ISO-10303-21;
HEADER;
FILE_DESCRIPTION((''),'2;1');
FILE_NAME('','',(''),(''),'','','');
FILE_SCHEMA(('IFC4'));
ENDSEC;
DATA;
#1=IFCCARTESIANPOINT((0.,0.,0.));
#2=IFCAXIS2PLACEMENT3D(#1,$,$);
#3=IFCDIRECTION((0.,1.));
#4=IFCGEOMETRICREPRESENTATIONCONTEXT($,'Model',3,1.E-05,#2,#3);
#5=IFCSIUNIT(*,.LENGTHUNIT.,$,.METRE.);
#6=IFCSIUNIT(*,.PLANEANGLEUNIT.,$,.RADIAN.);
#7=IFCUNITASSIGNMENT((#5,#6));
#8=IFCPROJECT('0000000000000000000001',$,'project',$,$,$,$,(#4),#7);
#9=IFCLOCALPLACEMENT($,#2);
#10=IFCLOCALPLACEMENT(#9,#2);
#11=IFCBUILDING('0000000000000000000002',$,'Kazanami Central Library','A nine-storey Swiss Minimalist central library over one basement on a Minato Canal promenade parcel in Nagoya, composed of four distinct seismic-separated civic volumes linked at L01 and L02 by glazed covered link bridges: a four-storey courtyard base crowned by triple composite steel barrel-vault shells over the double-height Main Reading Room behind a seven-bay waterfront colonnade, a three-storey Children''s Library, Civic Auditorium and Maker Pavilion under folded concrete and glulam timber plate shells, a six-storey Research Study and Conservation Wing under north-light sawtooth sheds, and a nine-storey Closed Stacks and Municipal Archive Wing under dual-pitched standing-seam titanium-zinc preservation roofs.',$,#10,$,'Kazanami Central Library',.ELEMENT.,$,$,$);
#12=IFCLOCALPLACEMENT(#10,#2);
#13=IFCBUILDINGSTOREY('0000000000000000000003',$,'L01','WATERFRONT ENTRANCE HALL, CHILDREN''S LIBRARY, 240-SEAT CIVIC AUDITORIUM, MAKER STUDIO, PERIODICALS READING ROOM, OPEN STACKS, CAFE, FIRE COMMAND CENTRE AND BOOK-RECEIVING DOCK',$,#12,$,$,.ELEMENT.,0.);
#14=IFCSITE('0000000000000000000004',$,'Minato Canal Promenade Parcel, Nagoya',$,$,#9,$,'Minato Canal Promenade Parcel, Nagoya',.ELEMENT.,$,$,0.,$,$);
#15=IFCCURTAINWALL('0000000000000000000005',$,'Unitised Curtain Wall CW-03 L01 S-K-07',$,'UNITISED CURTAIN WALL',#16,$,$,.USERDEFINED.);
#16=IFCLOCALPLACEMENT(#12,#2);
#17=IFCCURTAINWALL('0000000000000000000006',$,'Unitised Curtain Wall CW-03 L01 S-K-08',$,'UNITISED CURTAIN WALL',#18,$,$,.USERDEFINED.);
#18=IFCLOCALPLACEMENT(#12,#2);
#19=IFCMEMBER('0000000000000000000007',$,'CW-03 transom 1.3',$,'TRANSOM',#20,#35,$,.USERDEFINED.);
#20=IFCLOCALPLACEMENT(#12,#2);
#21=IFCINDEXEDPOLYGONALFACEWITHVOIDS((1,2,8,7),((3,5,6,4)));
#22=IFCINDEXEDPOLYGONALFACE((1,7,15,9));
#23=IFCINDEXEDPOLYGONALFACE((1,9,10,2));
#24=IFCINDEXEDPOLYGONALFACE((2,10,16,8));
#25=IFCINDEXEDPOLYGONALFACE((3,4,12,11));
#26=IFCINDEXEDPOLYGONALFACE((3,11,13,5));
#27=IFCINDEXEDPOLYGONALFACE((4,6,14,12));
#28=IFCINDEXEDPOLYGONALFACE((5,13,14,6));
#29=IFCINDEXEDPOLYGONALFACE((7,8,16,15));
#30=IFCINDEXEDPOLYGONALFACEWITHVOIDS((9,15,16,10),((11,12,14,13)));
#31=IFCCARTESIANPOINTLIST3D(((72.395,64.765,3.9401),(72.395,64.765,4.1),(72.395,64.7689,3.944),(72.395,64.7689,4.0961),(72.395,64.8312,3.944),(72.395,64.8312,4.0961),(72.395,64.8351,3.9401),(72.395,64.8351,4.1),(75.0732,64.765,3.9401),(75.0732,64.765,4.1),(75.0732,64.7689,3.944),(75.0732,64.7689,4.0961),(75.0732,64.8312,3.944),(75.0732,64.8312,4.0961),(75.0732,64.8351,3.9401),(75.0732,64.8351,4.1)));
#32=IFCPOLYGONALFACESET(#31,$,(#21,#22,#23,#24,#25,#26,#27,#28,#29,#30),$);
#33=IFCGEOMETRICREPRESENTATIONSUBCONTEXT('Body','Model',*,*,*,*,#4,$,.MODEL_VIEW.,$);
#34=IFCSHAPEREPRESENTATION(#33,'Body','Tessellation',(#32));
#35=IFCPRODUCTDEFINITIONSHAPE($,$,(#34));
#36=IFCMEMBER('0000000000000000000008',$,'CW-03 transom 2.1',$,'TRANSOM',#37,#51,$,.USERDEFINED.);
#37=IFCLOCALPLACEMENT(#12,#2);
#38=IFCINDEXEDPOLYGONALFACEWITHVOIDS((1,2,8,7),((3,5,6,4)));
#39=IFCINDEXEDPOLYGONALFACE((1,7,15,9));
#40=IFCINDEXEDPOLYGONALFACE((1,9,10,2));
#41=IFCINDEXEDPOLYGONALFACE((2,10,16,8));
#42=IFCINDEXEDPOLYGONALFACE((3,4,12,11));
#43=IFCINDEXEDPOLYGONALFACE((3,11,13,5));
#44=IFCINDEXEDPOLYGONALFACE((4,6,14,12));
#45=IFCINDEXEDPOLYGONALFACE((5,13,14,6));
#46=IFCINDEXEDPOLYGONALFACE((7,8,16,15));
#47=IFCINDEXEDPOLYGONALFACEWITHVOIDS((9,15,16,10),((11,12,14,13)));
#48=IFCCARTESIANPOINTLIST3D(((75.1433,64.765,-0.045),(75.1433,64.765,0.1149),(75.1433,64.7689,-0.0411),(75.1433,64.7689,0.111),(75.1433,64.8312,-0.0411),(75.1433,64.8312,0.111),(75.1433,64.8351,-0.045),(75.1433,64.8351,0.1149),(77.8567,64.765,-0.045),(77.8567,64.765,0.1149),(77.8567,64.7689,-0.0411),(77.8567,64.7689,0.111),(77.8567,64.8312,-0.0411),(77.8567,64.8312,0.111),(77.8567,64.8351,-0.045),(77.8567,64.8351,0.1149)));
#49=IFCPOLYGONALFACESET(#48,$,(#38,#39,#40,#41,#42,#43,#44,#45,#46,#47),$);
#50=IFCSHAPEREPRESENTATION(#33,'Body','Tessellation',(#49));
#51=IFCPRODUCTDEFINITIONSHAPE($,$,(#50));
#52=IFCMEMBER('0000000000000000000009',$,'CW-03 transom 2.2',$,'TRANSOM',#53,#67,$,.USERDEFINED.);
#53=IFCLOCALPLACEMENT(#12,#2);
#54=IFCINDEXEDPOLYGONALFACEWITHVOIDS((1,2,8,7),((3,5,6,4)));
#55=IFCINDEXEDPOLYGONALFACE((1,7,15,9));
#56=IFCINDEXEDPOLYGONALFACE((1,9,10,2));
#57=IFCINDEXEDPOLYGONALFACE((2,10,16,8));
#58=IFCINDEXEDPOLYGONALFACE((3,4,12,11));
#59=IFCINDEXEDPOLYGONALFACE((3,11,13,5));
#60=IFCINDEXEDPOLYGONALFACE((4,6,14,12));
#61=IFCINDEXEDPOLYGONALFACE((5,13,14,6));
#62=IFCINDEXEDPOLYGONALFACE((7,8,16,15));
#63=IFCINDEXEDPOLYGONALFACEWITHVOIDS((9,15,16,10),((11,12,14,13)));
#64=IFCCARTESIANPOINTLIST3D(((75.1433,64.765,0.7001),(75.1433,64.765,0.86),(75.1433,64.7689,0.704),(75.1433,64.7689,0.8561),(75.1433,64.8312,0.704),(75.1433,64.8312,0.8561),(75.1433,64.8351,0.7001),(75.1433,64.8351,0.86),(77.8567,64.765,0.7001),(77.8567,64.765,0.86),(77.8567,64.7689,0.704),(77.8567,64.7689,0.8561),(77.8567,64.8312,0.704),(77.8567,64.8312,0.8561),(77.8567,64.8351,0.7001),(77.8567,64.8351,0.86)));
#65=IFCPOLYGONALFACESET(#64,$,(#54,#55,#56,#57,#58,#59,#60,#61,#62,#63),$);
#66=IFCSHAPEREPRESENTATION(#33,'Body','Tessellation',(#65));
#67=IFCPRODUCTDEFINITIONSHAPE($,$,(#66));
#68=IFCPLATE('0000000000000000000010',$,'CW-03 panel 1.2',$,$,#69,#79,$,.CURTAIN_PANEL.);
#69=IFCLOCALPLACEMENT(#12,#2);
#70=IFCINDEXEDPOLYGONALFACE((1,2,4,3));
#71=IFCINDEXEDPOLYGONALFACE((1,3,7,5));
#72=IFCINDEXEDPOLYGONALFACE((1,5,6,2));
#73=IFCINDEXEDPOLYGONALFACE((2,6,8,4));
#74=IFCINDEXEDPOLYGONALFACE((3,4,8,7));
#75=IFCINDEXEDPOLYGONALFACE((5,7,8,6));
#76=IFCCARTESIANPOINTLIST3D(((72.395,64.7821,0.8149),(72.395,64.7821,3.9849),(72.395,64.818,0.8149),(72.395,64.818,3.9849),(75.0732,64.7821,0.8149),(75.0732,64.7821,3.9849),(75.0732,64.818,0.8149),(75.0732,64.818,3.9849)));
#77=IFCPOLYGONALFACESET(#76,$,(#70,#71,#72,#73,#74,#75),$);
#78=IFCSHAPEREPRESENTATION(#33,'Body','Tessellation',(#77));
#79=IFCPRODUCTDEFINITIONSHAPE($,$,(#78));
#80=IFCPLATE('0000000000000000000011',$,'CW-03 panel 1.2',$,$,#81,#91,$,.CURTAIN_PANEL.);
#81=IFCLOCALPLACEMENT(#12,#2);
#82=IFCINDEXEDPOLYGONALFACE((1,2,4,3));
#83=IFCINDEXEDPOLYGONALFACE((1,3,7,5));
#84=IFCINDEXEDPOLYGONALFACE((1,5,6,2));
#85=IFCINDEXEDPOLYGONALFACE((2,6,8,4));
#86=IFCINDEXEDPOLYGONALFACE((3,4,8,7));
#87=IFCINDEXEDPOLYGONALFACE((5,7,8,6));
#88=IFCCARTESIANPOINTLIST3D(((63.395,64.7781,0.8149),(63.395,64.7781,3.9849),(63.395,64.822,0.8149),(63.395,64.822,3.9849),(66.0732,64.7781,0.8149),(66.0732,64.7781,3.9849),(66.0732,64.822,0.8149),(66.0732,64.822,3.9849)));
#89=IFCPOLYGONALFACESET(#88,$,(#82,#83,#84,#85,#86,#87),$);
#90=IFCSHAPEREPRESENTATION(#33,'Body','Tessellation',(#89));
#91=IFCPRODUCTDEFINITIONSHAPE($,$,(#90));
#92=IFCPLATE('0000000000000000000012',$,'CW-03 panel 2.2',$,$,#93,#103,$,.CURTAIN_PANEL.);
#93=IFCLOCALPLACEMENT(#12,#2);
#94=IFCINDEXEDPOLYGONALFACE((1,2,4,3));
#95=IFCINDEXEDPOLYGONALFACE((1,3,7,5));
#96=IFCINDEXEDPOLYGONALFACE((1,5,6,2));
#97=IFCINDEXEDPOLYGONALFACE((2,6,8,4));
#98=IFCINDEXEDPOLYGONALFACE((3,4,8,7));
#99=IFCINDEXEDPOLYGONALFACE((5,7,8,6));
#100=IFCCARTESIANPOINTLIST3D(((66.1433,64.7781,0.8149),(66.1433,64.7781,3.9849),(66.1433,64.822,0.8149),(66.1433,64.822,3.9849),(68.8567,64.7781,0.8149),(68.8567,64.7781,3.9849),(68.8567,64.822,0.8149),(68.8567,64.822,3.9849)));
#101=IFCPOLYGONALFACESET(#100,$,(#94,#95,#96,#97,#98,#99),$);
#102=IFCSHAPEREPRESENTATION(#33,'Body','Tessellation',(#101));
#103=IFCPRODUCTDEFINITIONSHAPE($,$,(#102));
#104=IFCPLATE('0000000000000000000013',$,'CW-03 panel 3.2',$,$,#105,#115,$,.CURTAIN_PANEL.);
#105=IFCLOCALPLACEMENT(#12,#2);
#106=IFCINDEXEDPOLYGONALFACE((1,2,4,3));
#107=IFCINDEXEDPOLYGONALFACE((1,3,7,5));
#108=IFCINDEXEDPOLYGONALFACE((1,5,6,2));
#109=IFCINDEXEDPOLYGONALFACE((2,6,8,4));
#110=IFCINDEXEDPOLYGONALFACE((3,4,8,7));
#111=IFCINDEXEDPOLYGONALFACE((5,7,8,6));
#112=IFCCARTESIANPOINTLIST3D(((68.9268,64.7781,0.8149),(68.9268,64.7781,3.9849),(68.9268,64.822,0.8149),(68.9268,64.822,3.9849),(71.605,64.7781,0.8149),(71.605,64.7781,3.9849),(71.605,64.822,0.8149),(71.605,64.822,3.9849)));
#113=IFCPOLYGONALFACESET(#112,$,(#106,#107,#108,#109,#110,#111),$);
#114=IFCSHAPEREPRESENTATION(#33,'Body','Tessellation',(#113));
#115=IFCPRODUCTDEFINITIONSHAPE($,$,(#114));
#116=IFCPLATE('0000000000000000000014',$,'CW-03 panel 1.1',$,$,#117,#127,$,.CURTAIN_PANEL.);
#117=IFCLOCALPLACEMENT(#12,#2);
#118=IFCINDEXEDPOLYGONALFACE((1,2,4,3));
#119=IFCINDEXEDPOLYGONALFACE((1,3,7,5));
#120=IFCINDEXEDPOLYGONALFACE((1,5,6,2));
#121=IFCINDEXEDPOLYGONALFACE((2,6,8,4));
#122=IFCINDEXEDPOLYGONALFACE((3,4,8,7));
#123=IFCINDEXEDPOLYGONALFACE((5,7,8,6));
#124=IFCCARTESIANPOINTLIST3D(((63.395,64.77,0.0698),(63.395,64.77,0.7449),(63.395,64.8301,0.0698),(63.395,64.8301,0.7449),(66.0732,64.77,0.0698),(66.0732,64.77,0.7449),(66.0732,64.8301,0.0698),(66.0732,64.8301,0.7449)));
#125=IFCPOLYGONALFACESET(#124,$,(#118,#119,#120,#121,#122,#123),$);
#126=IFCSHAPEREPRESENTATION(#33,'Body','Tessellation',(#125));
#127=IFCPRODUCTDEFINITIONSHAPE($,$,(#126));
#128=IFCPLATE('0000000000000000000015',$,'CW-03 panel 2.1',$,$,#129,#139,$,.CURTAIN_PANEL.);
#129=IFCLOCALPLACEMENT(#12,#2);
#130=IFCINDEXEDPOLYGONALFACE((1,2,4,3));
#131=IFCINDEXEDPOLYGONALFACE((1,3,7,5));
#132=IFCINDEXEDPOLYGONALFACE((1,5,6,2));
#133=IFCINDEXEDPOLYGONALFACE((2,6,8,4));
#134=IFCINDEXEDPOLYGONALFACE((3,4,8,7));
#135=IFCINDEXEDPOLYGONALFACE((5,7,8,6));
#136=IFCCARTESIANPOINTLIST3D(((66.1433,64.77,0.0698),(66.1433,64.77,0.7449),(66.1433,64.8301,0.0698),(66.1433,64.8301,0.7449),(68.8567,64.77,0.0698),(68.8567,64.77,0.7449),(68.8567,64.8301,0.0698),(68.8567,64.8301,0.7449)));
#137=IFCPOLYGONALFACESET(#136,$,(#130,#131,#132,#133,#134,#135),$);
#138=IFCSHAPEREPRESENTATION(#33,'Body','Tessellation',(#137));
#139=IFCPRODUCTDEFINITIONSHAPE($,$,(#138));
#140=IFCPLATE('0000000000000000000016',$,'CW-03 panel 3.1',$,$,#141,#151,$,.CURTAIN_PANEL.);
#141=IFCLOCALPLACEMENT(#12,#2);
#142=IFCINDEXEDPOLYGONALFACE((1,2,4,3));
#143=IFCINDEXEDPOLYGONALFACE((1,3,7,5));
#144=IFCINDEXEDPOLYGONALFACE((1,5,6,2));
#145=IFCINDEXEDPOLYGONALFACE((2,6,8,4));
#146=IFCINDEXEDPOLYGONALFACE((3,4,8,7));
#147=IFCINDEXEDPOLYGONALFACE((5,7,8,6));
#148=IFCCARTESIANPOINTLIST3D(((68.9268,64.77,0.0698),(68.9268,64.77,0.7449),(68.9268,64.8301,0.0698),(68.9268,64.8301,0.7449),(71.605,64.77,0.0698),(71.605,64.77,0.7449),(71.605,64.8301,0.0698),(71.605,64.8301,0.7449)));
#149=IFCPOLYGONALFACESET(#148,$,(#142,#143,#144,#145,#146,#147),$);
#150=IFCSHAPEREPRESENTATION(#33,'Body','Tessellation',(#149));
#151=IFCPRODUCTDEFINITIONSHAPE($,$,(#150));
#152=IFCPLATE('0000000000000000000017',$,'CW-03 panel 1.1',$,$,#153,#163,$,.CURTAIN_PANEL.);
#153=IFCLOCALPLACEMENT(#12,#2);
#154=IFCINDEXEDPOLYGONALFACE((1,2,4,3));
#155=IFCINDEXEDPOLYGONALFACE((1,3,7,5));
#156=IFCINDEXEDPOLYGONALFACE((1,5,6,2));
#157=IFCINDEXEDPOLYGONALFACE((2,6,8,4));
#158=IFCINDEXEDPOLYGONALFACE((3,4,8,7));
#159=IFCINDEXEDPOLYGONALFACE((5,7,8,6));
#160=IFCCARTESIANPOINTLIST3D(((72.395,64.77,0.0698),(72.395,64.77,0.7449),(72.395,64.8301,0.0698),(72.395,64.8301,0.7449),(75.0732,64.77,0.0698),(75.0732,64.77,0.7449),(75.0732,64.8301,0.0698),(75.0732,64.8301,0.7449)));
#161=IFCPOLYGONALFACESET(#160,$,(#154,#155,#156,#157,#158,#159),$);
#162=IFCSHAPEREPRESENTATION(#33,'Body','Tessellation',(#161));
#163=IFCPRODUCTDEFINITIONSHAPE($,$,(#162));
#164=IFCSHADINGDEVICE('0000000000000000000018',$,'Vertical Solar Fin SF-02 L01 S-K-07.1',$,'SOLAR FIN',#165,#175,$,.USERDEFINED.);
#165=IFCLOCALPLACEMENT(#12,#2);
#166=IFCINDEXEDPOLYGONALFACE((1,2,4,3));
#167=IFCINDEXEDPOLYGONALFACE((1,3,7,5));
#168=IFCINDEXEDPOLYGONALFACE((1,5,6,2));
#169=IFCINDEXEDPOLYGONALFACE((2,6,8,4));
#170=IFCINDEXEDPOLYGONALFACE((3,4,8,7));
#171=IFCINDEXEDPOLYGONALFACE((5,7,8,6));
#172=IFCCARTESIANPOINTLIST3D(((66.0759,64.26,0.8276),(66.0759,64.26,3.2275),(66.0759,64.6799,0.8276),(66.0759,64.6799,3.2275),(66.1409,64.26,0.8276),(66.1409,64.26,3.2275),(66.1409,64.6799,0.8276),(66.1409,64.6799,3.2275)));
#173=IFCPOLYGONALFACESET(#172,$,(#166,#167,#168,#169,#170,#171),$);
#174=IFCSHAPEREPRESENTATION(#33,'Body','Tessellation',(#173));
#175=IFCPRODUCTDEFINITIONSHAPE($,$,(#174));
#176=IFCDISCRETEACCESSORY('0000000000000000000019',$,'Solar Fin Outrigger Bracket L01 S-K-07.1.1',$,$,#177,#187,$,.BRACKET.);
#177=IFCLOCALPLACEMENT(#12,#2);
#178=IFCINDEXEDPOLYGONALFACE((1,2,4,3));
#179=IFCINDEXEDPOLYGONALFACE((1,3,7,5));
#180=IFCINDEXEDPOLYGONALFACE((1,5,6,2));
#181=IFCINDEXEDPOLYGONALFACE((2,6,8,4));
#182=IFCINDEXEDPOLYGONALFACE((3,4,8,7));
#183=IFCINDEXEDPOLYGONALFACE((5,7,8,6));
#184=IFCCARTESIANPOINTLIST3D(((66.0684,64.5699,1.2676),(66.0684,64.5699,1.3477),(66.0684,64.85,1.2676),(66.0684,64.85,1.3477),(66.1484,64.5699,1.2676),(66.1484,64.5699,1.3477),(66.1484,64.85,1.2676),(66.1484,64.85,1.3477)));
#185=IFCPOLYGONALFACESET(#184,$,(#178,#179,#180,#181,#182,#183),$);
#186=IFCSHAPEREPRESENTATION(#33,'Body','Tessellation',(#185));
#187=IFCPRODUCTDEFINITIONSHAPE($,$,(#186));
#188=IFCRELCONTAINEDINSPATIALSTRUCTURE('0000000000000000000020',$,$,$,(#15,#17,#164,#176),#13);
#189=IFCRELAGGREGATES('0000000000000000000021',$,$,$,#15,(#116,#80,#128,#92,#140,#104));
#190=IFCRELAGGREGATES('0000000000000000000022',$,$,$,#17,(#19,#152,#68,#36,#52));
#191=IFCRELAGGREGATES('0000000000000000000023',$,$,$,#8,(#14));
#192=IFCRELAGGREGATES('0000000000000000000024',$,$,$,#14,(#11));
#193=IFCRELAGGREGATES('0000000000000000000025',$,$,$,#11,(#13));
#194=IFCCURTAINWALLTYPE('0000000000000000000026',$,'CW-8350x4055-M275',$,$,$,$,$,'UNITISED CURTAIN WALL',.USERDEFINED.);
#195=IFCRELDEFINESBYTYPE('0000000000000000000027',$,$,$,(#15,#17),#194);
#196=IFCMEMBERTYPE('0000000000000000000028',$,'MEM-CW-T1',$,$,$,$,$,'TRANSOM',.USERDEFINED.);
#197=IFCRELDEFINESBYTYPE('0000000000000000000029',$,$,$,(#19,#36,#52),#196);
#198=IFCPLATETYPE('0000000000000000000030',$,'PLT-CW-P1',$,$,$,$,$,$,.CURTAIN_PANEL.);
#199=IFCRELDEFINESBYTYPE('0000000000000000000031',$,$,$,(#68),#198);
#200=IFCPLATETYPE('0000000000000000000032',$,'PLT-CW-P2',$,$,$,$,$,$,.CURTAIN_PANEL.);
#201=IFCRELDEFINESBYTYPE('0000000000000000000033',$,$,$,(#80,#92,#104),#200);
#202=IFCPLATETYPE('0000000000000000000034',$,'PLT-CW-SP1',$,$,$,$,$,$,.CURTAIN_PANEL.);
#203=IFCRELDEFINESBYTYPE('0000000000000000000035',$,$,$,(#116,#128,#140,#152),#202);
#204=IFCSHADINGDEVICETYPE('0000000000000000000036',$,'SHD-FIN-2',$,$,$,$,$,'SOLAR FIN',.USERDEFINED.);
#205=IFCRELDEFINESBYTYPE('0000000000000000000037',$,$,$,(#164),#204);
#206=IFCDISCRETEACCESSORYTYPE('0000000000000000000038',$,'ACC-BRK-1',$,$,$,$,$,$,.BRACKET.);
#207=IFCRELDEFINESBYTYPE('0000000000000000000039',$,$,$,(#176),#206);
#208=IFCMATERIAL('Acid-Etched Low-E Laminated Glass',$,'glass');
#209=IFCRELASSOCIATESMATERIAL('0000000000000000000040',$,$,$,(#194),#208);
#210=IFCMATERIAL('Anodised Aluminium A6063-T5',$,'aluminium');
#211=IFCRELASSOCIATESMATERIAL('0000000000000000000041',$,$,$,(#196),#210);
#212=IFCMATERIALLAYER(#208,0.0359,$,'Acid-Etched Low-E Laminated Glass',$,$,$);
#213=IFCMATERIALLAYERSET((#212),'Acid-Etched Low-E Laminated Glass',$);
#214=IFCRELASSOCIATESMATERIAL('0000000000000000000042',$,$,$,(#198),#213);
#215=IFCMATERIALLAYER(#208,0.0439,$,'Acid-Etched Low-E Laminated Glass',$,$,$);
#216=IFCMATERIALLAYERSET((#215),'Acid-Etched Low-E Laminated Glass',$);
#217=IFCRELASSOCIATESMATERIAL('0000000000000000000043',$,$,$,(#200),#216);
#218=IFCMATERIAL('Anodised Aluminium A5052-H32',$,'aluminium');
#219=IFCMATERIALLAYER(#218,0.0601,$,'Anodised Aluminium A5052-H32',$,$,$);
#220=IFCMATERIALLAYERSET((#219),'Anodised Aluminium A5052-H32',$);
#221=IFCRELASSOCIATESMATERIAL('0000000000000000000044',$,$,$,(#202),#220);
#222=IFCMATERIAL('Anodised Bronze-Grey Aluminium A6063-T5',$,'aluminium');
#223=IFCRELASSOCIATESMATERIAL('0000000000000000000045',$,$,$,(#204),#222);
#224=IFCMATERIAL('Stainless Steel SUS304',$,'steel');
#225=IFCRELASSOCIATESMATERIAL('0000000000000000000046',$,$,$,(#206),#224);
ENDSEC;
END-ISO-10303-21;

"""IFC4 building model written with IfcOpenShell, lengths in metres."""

from ifc_helpers import new_model, si_unit, direction, frame, origin, origin_2d, place, context, subcontext, project, spatial, rectangle, hollow_rectangle, extrude, material, layer, layer_set, material_profile, profile_set, type_object, element, aggregate, save


model = new_model("IFC4")

# Units and contexts
model_context = context("Model", 3, precision=1e-05, world=origin(), true_north=direction((0.0, 1.0)))
body_context = subcontext(model_context, "Body", "Model", "MODEL_VIEW")
ifc_project = project(units=[si_unit("LENGTHUNIT", "METRE"), si_unit("PLANEANGLEUNIT", "RADIAN")], contexts=[model_context])

# Site, building, storey
site_placement = place(None, origin())
site = spatial("IfcSite", under=ifc_project, at=site_placement, Name="Minato Canal Promenade Parcel, Nagoya", LongName="Minato Canal Promenade Parcel, Nagoya", CompositionType="ELEMENT", RefElevation=0.0)
building_placement = place(site_placement, origin())
building = spatial("IfcBuilding", under=site, at=building_placement, Name="Kazanami Central Library", Description="A nine-storey Swiss Minimalist central library over one basement on a Minato Canal promenade parcel in Nagoya, composed of four distinct seismic-separated civic volumes linked at L01 and L02 by glazed covered link bridges: a four-storey courtyard base crowned by triple composite steel barrel-vault shells over the double-height Main Reading Room behind a seven-bay waterfront colonnade, a three-storey Children's Library, Civic Auditorium and Maker Pavilion under folded concrete and glulam timber plate shells, a six-storey Research Study and Conservation Wing under north-light sawtooth sheds, and a nine-storey Closed Stacks and Municipal Archive Wing under dual-pitched standing-seam titanium-zinc preservation roofs.", LongName="Kazanami Central Library", CompositionType="ELEMENT")
storey_placement = place(building_placement, origin())
storey = spatial("IfcBuildingStorey", under=building, at=storey_placement, Name="L01", Description="WATERFRONT ENTRANCE HALL, CHILDREN'S LIBRARY, 240-SEAT CIVIC AUDITORIUM, MAKER STUDIO, PERIODICALS READING ROOM, OPEN STACKS, CAFE, FIRE COMMAND CENTRE AND BOOK-RECEIVING DOCK", CompositionType="ELEMENT", Elevation=0.0)

# Curtain walls
ifc_material_1 = material(Name="Acid-Etched Low-E Laminated Glass", Category="glass")
curtain_wall_type = type_object("IfcCurtainWallType", Name="CW-8350x4055-M275", ElementType="UNITISED CURTAIN WALL", PredefinedType="USERDEFINED", material=ifc_material_1)
curtain_wall_1_placement = place(storey_placement, origin())
curtain_wall_1 = element("IfcCurtainWall", 1, at=curtain_wall_1_placement, inside=storey, type_object=curtain_wall_type, Name="Unitised Curtain Wall CW-03 L01 S-K-07", ObjectType="UNITISED CURTAIN WALL", PredefinedType="USERDEFINED")
ifc_material_2 = material(Name="Anodised Aluminium A6063-T5", Category="aluminium")
curtain_wall_2_placement = place(storey_placement, origin())
curtain_wall_2 = element("IfcCurtainWall", 2, at=curtain_wall_2_placement, inside=storey, type_object=curtain_wall_type, Name="Unitised Curtain Wall CW-03 L01 S-K-08", ObjectType="UNITISED CURTAIN WALL", PredefinedType="USERDEFINED")

# Members
ifc_material_profile_1 = material_profile(ifc_material_2, hollow_rectangle(XDim=0.0701, YDim=0.1599, WallThickness=0.0039, at=origin_2d()), Name="ALU-TRAN-70x160x4")
ifc_profile_set_1 = profile_set([ifc_material_profile_1], Name="Anodised Aluminium A6063-T5")
member_type_1 = type_object("IfcMemberType", Name="MEM-CW-T1", ElementType="TRANSOM", PredefinedType="USERDEFINED", material=ifc_profile_set_1)
member_1_placement = place(storey_placement, frame((72.395, 64.8, 4.02), z_axis=(1.0, 0.0, 0.0), x_axis=(0.0, 1.0, 0.0)))
member_1 = element("IfcMember", 3, at=member_1_placement, type_object=member_type_1, Name="CW-03 transom 1.3", ObjectType="TRANSOM", PredefinedType="USERDEFINED", context=body_context, shape_type="SweptSolid", body=[
    extrude(hollow_rectangle(XDim=0.0701, YDim=0.1599, WallThickness=0.0039, at=origin_2d()), origin(), (0.0, 0.0, 1.0), 2.6782),
])
member_2_placement = place(storey_placement, frame((75.1433, 64.8, 0.0349), z_axis=(1.0, 0.0, 0.0), x_axis=(0.0, 1.0, 0.0)))
member_2 = element("IfcMember", 4, at=member_2_placement, type_object=member_type_1, Name="CW-03 transom 2.1", ObjectType="TRANSOM", PredefinedType="USERDEFINED", context=body_context, shape_type="SweptSolid", body=[
    extrude(hollow_rectangle(XDim=0.0701, YDim=0.1599, WallThickness=0.0039, at=origin_2d()), origin(), (0.0, 0.0, 1.0), 2.7134),
])
member_3_placement = place(storey_placement, frame((75.1433, 64.8, 0.78), z_axis=(1.0, 0.0, 0.0), x_axis=(0.0, 1.0, 0.0)))
member_3 = element("IfcMember", 5, at=member_3_placement, type_object=member_type_1, Name="CW-03 transom 2.2", ObjectType="TRANSOM", PredefinedType="USERDEFINED", context=body_context, shape_type="SweptSolid", body=[
    extrude(hollow_rectangle(XDim=0.0701, YDim=0.1599, WallThickness=0.0039, at=origin_2d()), origin(), (0.0, 0.0, 1.0), 2.7134),
])

# Plates
ifc_layer_1 = layer(ifc_material_1, 0.0359, Name="Acid-Etched Low-E Laminated Glass")
ifc_layer_set_1 = layer_set([ifc_layer_1], Name="Acid-Etched Low-E Laminated Glass")
plate_type_1 = type_object("IfcPlateType", Name="PLT-CW-P1", PredefinedType="CURTAIN_PANEL", material=ifc_layer_set_1)
plate_1_placement = place(storey_placement, frame((73.7341, 64.8, 0.8149), z_axis=(0.0, 0.0, 1.0), x_axis=(1.0, 0.0, 0.0)))
plate_1 = element("IfcPlate", 6, at=plate_1_placement, type_object=plate_type_1, Name="CW-03 panel 1.2", PredefinedType="CURTAIN_PANEL", context=body_context, shape_type="SweptSolid", body=[
    extrude(rectangle(XDim=2.6782, YDim=0.0359, at=origin_2d()), origin(), (0.0, 0.0, 1.0), 3.1699),
])
ifc_layer_2 = layer(ifc_material_1, 0.0439, Name="Acid-Etched Low-E Laminated Glass")
ifc_layer_set_2 = layer_set([ifc_layer_2], Name="Acid-Etched Low-E Laminated Glass")
plate_type_2 = type_object("IfcPlateType", Name="PLT-CW-P2", PredefinedType="CURTAIN_PANEL", material=ifc_layer_set_2)
plate_2_placement = place(storey_placement, frame((64.7341, 64.8, 0.8149), z_axis=(0.0, 0.0, 1.0), x_axis=(1.0, 0.0, 0.0)))
plate_2 = element("IfcPlate", 7, at=plate_2_placement, type_object=plate_type_2, Name="CW-03 panel 1.2", PredefinedType="CURTAIN_PANEL", context=body_context, shape_type="SweptSolid", body=[
    extrude(rectangle(XDim=2.6782, YDim=0.0439, at=origin_2d()), origin(), (0.0, 0.0, 1.0), 3.1699),
])
plate_3_placement = place(storey_placement, frame((67.5, 64.8, 0.8149), z_axis=(0.0, 0.0, 1.0), x_axis=(1.0, 0.0, 0.0)))
plate_3 = element("IfcPlate", 8, at=plate_3_placement, type_object=plate_type_2, Name="CW-03 panel 2.2", PredefinedType="CURTAIN_PANEL", context=body_context, shape_type="SweptSolid", body=[
    extrude(rectangle(XDim=2.7134, YDim=0.0439, at=origin_2d()), origin(), (0.0, 0.0, 1.0), 3.1699),
])
plate_4_placement = place(storey_placement, frame((70.2659, 64.8, 0.8149), z_axis=(0.0, 0.0, 1.0), x_axis=(1.0, 0.0, 0.0)))
plate_4 = element("IfcPlate", 9, at=plate_4_placement, type_object=plate_type_2, Name="CW-03 panel 3.2", PredefinedType="CURTAIN_PANEL", context=body_context, shape_type="SweptSolid", body=[
    extrude(rectangle(XDim=2.6782, YDim=0.0439, at=origin_2d()), origin(), (0.0, 0.0, 1.0), 3.1699),
])
ifc_material_3 = material(Name="Anodised Aluminium A5052-H32", Category="aluminium")
ifc_layer_3 = layer(ifc_material_3, 0.0601, Name="Anodised Aluminium A5052-H32")
ifc_layer_set_3 = layer_set([ifc_layer_3], Name="Anodised Aluminium A5052-H32")
plate_type_3 = type_object("IfcPlateType", Name="PLT-CW-SP1", PredefinedType="CURTAIN_PANEL", material=ifc_layer_set_3)
plate_5_placement = place(storey_placement, frame((64.7341, 64.8, 0.0698), z_axis=(0.0, 0.0, 1.0), x_axis=(1.0, 0.0, 0.0)))
plate_5 = element("IfcPlate", 10, at=plate_5_placement, type_object=plate_type_3, Name="CW-03 panel 1.1", PredefinedType="CURTAIN_PANEL", context=body_context, shape_type="SweptSolid", body=[
    extrude(rectangle(XDim=2.6782, YDim=0.0601, at=origin_2d()), origin(), (0.0, 0.0, 1.0), 0.675),
])
plate_6_placement = place(storey_placement, frame((67.5, 64.8, 0.0698), z_axis=(0.0, 0.0, 1.0), x_axis=(1.0, 0.0, 0.0)))
plate_6 = element("IfcPlate", 11, at=plate_6_placement, type_object=plate_type_3, Name="CW-03 panel 2.1", PredefinedType="CURTAIN_PANEL", context=body_context, shape_type="SweptSolid", body=[
    extrude(rectangle(XDim=2.7134, YDim=0.0601, at=origin_2d()), origin(), (0.0, 0.0, 1.0), 0.675),
])
plate_7_placement = place(storey_placement, frame((70.2659, 64.8, 0.0698), z_axis=(0.0, 0.0, 1.0), x_axis=(1.0, 0.0, 0.0)))
plate_7 = element("IfcPlate", 12, at=plate_7_placement, type_object=plate_type_3, Name="CW-03 panel 3.1", PredefinedType="CURTAIN_PANEL", context=body_context, shape_type="SweptSolid", body=[
    extrude(rectangle(XDim=2.6782, YDim=0.0601, at=origin_2d()), origin(), (0.0, 0.0, 1.0), 0.675),
])
aggregate(curtain_wall_1, [plate_5, plate_2, plate_6, plate_3, plate_7, plate_4])
plate_8_placement = place(storey_placement, frame((73.7341, 64.8, 0.0698), z_axis=(0.0, 0.0, 1.0), x_axis=(1.0, 0.0, 0.0)))
plate_8 = element("IfcPlate", 13, at=plate_8_placement, type_object=plate_type_3, Name="CW-03 panel 1.1", PredefinedType="CURTAIN_PANEL", context=body_context, shape_type="SweptSolid", body=[
    extrude(rectangle(XDim=2.6782, YDim=0.0601, at=origin_2d()), origin(), (0.0, 0.0, 1.0), 0.675),
])
aggregate(curtain_wall_2, [member_1, plate_8, plate_1, member_2, member_3])

# Shading device
ifc_material_4 = material(Name="Anodised Bronze-Grey Aluminium A6063-T5", Category="aluminium")
shading_device_type = type_object("IfcShadingDeviceType", Name="SHD-FIN-2", ElementType="SOLAR FIN", PredefinedType="USERDEFINED", material=ifc_material_4)
shading_device_placement = place(storey_placement, frame((66.1084, 64.47, 0.8276), z_axis=(0.0, 0.0, 1.0), x_axis=(1.0, 0.0, 0.0)))
element("IfcShadingDevice", 14, at=shading_device_placement, inside=storey, type_object=shading_device_type, Name="Vertical Solar Fin SF-02 L01 S-K-07.1", ObjectType="SOLAR FIN", PredefinedType="USERDEFINED", context=body_context, shape_type="SweptSolid", body=[
    extrude(rectangle(XDim=0.0649, YDim=0.4199, at=origin_2d()), origin(), (0.0, 0.0, 1.0), 2.3999),
])

# Discrete accessory
ifc_material_5 = material(Name="Stainless Steel SUS304", Category="steel")
discrete_accessory_type = type_object("IfcDiscreteAccessoryType", Name="ACC-BRK-1", PredefinedType="BRACKET", material=ifc_material_5)
for number, where, z_axis, x_axis, name in (
    (15, (66.1084, 64.71, 1.2676), (0.0, 0.0, 1.0), (1.0, 0.0, 0.0), "Solar Fin Outrigger Bracket L01 S-K-07.1.1"),
):
    element("IfcDiscreteAccessory", number, at=place(storey_placement, frame(where, z_axis=z_axis, x_axis=x_axis)), inside=storey, type_object=discrete_accessory_type, Name=name, PredefinedType="BRACKET", context=body_context, shape_type="SweptSolid", body=[
        extrude(rectangle(XDim=0.0801, YDim=0.28, at=origin_2d()), origin(), (0.0, 0.0, 1.0), 0.0801),
    ])

save(model, "model.ifc")
